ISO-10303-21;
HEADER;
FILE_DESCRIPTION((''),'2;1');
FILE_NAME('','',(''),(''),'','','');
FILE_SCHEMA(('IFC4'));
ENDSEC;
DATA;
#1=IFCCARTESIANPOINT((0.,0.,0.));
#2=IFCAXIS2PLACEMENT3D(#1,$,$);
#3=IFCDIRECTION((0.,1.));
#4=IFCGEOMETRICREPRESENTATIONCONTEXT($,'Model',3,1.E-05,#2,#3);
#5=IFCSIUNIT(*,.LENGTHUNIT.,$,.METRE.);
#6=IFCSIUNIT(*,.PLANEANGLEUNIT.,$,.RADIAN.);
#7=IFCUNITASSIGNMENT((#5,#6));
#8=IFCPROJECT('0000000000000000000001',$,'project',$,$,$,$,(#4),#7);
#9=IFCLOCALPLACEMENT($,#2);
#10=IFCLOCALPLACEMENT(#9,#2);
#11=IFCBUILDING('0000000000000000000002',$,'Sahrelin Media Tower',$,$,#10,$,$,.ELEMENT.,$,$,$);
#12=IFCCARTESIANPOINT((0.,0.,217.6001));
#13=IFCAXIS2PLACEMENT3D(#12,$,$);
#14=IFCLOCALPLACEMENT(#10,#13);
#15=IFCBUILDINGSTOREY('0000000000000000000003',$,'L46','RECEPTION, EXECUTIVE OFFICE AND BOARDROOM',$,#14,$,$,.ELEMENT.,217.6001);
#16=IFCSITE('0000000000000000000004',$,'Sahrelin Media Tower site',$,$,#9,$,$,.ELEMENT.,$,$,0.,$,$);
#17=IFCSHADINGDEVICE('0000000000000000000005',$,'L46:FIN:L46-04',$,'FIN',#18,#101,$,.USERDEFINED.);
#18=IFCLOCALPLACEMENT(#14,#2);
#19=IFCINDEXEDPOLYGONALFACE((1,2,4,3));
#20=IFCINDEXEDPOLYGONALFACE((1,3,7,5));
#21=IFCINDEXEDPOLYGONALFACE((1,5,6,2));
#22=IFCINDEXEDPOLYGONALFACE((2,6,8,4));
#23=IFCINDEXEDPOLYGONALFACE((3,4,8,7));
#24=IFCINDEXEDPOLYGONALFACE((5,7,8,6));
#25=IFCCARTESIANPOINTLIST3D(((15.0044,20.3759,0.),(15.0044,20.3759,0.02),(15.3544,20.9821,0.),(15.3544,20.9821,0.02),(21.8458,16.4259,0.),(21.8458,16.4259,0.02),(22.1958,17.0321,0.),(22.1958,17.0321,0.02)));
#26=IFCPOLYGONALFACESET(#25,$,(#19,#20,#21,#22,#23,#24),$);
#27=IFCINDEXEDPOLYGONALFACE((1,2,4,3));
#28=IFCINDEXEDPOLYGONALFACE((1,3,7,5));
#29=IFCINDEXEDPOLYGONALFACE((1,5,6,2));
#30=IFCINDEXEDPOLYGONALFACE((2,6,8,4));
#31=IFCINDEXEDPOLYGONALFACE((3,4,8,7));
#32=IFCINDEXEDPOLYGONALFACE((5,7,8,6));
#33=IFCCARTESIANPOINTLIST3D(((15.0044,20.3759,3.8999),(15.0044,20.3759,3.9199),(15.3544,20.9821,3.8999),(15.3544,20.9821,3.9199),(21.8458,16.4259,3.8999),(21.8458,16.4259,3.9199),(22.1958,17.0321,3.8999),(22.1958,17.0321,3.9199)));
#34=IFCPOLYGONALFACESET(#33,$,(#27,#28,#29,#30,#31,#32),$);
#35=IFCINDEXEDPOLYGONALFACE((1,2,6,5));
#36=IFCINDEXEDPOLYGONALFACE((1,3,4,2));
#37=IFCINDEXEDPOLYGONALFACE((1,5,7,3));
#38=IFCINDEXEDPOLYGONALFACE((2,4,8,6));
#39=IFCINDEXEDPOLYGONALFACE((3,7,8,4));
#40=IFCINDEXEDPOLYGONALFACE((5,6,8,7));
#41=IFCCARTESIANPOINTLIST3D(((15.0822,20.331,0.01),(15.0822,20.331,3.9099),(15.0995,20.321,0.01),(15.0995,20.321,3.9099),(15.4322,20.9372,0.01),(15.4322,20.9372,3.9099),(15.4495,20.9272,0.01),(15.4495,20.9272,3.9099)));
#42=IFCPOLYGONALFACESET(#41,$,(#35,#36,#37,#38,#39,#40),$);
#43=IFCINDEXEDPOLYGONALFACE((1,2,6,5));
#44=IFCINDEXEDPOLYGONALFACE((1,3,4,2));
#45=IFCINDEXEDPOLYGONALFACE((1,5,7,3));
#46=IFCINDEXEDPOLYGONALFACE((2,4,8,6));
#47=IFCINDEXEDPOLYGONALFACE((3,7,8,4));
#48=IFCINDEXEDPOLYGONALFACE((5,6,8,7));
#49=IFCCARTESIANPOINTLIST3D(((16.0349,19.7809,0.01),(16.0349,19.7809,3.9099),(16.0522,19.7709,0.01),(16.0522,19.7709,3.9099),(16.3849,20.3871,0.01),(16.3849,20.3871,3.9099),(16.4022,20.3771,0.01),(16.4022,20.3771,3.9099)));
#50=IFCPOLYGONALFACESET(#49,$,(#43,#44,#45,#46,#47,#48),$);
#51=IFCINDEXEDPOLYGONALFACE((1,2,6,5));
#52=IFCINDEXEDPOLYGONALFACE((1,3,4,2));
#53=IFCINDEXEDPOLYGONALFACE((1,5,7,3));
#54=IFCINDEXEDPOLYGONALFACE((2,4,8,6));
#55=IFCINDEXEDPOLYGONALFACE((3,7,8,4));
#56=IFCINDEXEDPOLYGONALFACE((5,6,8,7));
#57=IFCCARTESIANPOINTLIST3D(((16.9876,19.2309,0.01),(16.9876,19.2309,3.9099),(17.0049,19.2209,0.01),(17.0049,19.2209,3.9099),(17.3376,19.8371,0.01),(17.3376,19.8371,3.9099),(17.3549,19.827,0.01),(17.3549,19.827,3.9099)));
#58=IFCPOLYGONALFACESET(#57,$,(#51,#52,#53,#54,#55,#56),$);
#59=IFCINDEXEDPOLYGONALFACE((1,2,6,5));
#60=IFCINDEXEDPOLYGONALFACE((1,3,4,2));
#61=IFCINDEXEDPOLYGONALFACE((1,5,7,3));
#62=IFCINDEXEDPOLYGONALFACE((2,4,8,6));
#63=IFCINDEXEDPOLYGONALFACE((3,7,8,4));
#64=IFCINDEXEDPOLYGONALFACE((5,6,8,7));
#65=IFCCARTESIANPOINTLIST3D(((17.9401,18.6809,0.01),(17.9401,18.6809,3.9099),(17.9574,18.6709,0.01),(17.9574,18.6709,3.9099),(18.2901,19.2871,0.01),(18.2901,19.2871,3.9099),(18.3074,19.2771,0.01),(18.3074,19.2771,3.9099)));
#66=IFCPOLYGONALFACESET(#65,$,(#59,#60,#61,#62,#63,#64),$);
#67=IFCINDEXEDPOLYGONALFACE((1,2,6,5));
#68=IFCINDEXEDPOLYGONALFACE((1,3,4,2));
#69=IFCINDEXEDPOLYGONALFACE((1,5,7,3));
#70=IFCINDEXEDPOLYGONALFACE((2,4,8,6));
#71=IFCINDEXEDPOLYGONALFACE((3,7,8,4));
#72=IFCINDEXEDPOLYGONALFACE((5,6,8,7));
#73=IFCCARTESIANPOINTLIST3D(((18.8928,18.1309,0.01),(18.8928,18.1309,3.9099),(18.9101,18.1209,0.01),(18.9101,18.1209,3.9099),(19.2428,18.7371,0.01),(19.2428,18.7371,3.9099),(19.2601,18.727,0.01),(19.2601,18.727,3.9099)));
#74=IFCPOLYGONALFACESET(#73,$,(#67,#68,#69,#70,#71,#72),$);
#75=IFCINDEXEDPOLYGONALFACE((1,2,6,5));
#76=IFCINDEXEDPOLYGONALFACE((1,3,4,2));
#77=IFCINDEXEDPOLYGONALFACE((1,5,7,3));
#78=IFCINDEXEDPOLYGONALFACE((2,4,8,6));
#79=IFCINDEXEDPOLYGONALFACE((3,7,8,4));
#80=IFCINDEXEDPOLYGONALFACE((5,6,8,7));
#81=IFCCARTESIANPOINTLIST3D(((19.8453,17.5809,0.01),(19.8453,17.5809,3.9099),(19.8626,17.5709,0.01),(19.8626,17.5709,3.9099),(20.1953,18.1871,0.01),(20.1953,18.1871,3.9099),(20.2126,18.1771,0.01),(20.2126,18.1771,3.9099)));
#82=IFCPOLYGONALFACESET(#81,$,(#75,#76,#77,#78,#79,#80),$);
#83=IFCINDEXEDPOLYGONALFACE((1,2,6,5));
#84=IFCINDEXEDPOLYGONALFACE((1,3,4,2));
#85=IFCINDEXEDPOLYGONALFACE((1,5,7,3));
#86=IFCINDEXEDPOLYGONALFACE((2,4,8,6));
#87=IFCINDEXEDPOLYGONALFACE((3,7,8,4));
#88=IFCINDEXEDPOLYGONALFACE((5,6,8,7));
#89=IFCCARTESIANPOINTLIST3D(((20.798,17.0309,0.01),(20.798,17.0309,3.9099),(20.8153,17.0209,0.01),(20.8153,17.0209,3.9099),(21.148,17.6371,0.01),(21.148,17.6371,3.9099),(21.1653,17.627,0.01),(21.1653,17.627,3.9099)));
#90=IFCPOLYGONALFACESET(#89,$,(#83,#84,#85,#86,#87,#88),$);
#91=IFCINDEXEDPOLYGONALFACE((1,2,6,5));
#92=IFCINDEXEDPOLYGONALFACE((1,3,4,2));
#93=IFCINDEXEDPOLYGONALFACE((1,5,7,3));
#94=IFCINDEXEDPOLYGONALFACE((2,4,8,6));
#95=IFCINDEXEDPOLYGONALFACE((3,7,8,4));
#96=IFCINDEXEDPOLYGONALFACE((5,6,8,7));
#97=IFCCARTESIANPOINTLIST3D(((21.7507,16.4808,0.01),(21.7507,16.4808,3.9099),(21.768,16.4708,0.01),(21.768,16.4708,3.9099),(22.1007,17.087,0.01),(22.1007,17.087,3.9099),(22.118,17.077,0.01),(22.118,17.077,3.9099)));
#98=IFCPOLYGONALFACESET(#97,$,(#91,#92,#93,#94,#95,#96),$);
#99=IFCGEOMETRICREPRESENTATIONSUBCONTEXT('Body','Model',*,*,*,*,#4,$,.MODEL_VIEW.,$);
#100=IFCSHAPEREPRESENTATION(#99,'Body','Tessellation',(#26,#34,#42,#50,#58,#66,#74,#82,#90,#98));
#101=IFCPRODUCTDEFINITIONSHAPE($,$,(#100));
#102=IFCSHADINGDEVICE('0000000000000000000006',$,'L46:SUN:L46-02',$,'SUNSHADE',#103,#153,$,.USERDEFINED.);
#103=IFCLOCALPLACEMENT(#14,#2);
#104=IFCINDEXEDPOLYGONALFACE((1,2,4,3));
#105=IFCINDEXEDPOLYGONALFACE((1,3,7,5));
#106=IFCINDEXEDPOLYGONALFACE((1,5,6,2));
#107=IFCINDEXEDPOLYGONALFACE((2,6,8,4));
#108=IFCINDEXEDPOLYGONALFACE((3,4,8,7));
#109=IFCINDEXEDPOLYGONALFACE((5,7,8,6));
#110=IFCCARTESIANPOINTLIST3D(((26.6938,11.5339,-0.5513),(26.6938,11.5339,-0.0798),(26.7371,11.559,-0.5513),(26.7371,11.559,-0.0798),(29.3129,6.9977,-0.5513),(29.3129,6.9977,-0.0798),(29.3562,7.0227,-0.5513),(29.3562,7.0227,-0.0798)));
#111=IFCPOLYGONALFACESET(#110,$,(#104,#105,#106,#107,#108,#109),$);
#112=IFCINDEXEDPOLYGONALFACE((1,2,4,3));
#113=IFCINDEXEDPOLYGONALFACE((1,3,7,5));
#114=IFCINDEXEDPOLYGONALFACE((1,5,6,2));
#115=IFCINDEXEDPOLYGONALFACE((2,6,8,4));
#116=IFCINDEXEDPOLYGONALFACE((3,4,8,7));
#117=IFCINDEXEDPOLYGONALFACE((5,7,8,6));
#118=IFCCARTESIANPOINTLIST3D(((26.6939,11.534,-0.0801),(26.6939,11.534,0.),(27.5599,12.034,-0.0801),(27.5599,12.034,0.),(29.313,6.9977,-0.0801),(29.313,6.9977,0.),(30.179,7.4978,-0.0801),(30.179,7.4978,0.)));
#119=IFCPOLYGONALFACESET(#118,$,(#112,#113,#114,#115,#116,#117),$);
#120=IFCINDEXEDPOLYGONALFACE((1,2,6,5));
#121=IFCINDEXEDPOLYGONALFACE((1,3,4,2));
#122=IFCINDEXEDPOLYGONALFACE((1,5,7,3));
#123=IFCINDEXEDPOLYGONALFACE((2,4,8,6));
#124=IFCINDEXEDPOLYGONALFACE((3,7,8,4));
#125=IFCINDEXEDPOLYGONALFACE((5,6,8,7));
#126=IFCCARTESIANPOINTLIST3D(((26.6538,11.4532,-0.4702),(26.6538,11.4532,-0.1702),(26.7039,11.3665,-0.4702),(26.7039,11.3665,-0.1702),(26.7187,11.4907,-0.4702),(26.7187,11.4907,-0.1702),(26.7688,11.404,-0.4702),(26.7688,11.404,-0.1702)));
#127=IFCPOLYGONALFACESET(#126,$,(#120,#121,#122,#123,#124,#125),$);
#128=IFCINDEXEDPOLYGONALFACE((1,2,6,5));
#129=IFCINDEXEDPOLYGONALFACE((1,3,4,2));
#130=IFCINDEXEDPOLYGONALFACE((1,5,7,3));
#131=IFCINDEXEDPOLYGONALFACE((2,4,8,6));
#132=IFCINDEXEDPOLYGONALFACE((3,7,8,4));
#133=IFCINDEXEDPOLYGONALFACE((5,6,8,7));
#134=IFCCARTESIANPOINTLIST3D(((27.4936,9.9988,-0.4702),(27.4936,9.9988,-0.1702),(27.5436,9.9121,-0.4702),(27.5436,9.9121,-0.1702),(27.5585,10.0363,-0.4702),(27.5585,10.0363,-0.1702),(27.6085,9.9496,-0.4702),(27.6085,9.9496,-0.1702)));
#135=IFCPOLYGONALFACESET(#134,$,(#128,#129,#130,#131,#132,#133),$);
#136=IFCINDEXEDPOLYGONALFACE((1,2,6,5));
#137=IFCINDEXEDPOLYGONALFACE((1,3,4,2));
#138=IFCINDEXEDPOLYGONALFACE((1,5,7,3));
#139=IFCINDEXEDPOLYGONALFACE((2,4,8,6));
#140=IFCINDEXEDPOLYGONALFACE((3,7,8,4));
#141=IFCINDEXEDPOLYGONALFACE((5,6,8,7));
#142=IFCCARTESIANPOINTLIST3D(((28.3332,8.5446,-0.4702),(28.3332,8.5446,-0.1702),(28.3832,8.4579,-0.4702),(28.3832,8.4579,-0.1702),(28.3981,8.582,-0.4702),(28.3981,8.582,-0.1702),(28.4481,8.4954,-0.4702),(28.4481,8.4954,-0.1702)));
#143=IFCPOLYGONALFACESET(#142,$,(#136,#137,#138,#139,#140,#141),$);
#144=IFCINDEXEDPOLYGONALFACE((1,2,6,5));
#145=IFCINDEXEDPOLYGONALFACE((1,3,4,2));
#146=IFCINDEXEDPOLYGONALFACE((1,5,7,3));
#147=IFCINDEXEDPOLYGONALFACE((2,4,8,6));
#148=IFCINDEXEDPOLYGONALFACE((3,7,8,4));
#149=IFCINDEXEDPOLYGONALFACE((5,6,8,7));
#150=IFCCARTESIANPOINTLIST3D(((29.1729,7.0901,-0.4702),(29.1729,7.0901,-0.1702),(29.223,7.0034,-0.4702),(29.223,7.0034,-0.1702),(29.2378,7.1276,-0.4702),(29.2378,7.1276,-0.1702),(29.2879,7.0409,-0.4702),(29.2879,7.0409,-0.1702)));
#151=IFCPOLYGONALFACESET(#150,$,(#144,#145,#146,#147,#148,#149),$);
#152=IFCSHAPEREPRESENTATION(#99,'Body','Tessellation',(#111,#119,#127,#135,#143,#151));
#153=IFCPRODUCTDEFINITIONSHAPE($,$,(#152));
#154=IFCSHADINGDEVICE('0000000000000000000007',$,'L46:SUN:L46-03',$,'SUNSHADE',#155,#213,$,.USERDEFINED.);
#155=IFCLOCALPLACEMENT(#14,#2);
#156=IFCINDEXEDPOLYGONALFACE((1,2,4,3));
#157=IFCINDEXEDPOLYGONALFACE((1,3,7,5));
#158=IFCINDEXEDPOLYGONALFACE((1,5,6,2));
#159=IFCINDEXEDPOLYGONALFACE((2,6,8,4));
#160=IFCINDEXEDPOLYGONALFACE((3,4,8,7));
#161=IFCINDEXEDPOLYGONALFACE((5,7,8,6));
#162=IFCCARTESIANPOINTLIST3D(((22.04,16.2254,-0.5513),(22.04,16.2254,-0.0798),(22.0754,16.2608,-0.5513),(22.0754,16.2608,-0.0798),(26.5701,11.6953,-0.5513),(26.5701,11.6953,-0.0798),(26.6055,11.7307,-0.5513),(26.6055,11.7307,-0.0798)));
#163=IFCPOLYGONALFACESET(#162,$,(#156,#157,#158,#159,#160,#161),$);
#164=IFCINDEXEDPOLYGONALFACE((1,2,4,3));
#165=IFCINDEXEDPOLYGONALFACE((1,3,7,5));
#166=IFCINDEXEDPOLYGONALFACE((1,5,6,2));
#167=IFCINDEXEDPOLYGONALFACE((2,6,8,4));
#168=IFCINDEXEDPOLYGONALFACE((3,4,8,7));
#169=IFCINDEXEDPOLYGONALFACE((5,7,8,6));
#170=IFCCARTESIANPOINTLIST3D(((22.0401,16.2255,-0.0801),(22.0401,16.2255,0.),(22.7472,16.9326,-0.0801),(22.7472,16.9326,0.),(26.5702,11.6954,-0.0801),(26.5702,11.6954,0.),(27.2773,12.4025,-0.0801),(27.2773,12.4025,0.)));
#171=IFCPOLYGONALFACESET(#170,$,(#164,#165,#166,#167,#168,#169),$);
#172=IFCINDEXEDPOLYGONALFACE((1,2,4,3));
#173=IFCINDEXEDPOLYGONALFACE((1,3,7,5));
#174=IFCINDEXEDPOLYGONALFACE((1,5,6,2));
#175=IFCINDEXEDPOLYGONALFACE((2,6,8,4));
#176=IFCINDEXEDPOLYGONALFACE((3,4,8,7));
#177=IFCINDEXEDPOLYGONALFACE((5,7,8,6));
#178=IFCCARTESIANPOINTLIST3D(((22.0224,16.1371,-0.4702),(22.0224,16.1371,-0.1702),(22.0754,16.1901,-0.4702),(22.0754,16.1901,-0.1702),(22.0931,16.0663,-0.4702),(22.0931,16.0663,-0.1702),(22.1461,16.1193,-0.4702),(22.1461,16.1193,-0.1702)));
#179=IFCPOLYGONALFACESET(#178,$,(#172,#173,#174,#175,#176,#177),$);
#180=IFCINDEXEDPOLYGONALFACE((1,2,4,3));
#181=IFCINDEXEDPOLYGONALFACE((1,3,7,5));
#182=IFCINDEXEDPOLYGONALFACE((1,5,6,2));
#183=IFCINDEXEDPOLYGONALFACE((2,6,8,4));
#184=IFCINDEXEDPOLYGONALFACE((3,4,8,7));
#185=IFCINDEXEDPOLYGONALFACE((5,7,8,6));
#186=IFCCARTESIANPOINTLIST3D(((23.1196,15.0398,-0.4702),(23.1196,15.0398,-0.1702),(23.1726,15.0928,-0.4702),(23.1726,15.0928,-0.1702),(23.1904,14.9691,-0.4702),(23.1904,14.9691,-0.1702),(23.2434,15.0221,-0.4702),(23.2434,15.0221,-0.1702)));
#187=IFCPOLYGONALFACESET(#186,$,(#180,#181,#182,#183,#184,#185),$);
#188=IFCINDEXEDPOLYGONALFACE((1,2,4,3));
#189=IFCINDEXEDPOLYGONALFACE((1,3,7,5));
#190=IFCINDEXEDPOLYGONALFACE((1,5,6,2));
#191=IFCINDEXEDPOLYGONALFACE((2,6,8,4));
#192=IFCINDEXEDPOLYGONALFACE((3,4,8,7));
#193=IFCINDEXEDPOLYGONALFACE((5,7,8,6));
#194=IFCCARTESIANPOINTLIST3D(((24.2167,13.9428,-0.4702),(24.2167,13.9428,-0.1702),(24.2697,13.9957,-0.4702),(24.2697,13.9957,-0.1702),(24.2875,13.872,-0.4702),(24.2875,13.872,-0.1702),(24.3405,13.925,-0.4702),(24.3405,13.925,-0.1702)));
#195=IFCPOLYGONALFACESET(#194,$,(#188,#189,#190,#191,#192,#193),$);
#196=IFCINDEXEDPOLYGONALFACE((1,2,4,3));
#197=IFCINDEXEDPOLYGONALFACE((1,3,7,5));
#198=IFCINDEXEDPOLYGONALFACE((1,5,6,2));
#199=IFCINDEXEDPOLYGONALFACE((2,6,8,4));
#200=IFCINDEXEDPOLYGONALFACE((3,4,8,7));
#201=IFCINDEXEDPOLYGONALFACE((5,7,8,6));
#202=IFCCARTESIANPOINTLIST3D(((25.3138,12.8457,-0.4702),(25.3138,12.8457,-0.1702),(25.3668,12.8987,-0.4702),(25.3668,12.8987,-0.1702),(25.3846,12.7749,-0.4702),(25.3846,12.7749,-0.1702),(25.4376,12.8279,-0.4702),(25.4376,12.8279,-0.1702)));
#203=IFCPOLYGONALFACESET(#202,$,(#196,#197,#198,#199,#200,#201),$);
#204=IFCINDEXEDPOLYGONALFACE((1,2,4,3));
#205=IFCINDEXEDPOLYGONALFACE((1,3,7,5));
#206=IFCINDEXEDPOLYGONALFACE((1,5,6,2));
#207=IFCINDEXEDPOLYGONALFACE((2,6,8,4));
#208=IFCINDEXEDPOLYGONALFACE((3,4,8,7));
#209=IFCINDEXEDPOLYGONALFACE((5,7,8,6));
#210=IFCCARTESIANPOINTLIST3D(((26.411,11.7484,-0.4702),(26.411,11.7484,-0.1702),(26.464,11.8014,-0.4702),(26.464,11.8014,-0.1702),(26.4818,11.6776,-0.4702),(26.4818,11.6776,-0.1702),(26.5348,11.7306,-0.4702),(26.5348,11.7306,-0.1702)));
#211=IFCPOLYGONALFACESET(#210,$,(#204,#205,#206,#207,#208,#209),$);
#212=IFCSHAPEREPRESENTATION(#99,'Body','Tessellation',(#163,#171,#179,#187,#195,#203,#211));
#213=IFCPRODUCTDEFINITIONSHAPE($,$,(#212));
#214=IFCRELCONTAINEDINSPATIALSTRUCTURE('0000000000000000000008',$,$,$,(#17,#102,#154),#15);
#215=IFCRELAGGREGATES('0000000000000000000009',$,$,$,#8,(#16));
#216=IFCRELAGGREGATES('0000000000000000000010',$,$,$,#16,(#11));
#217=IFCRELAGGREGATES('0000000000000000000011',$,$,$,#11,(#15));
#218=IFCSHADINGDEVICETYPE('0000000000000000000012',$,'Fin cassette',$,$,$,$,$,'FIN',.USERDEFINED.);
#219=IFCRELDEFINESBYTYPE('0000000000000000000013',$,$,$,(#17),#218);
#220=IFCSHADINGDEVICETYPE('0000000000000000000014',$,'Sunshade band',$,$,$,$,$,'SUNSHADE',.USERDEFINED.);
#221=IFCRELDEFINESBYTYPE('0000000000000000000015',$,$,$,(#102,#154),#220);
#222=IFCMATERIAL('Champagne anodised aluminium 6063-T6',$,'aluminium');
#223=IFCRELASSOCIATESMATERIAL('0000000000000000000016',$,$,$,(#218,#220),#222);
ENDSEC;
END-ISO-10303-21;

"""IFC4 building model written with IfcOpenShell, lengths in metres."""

from ifc_helpers import new_model, si_unit, direction, frame, origin, origin_2d, place, context, subcontext, project, spatial, rectangle, extrude, material, type_object, element, save


model = new_model("IFC4")

# Units and contexts
model_context = context("Model", 3, precision=1e-05, world=origin(), true_north=direction((0.0, 1.0)))
body_context = subcontext(model_context, "Body", "Model", "MODEL_VIEW")
ifc_project = project(units=[si_unit("LENGTHUNIT", "METRE"), si_unit("PLANEANGLEUNIT", "RADIAN")], contexts=[model_context])

# Site, building, storey
site_placement = place(None, origin())
site = spatial("IfcSite", under=ifc_project, at=site_placement, Name="Sahrelin Media Tower site", CompositionType="ELEMENT", RefElevation=0.0)
building_placement = place(site_placement, origin())
building = spatial("IfcBuilding", under=site, at=building_placement, Name="Sahrelin Media Tower", CompositionType="ELEMENT")
storey_placement = place(building_placement, frame((0.0, 0.0, 217.6001)))
storey = spatial("IfcBuildingStorey", under=building, at=storey_placement, Name="L46", Description="RECEPTION, EXECUTIVE OFFICE AND BOARDROOM", CompositionType="ELEMENT", Elevation=217.6001)

# Shared definitions
ifc_material_1 = material(Name="Champagne anodised aluminium 6063-T6", Category="aluminium")

# Shading devices
shading_device_type_1 = type_object("IfcShadingDeviceType", Name="Fin cassette", ElementType="FIN", PredefinedType="USERDEFINED", material=ifc_material_1)
placement_1 = place(storey_placement, frame((27.9861, 9.2559, 0.0), z_axis=(0.0, 0.0, 1.0), x_axis=(0.500011, -0.866019, 0.0)))
placement_2 = place(storey_placement, frame((24.291, 13.9463, 0.0), z_axis=(0.0, 0.0, 1.0), x_axis=(0.707107, -0.707107, 0.0)))
placement_3 = place(storey_placement, frame((18.3901, 18.3403, 0.0), z_axis=(0.0, 0.0, 1.0), x_axis=(0.866019, -0.500011, 0.0)))
element("IfcShadingDevice", 1, at=placement_3, inside=storey, type_object=shading_device_type_1, Name="L46:FIN:L46-04", ObjectType="FIN", PredefinedType="USERDEFINED", context=body_context, shape_type="SweptSolid", body=[
    extrude(rectangle(XDim=7.8999, YDim=0.7, at=origin_2d()), frame((0.0, 0.4199, 0.0)), (0.0, 0.0, 1.0), 0.02),
    extrude(rectangle(XDim=7.8999, YDim=0.7, at=origin_2d()), frame((0.0, 0.4199, 3.8999)), (0.0, 0.0, 1.0), 0.02),
    extrude(rectangle(XDim=0.02, YDim=0.7, at=origin_2d()), frame((-3.8501, 0.4199, 0.01), z_axis=(0.0, 0.0, 1.0), x_axis=(1.0, 0.0, 0.0)), (0.0, 0.0, 1.0), 3.8999),
    extrude(rectangle(XDim=0.02, YDim=0.7, at=origin_2d()), frame((-2.75, 0.4199, 0.01), z_axis=(0.0, 0.0, 1.0), x_axis=(1.0, 0.0, 0.0)), (0.0, 0.0, 1.0), 3.8999),
    extrude(rectangle(XDim=0.02, YDim=0.7, at=origin_2d()), frame((-1.6499, 0.4199, 0.01), z_axis=(0.0, 0.0, 1.0), x_axis=(1.0, 0.0, 0.0)), (0.0, 0.0, 1.0), 3.8999),
    extrude(rectangle(XDim=0.02, YDim=0.7, at=origin_2d()), frame((-0.55, 0.4199, 0.01), z_axis=(0.0, 0.0, 1.0), x_axis=(1.0, 0.0, 0.0)), (0.0, 0.0, 1.0), 3.8999),
    extrude(rectangle(XDim=0.02, YDim=0.7, at=origin_2d()), frame((0.55, 0.4199, 0.01), z_axis=(0.0, 0.0, 1.0), x_axis=(1.0, 0.0, 0.0)), (0.0, 0.0, 1.0), 3.8999),
    extrude(rectangle(XDim=0.02, YDim=0.7, at=origin_2d()), frame((1.6499, 0.4199, 0.01), z_axis=(0.0, 0.0, 1.0), x_axis=(1.0, 0.0, 0.0)), (0.0, 0.0, 1.0), 3.8999),
    extrude(rectangle(XDim=0.02, YDim=0.7, at=origin_2d()), frame((2.75, 0.4199, 0.01), z_axis=(0.0, 0.0, 1.0), x_axis=(1.0, 0.0, 0.0)), (0.0, 0.0, 1.0), 3.8999),
    extrude(rectangle(XDim=0.02, YDim=0.7, at=origin_2d()), frame((3.8501, 0.4199, 0.01), z_axis=(0.0, 0.0, 1.0), x_axis=(1.0, 0.0, 0.0)), (0.0, 0.0, 1.0), 3.8999),
])
shading_device_type_2 = type_object("IfcShadingDeviceType", Name="Sunshade band", ElementType="SUNSHADE", PredefinedType="USERDEFINED", material=ifc_material_1)
element("IfcShadingDevice", 2, at=placement_1, inside=storey, type_object=shading_device_type_2, Name="L46:SUN:L46-02", ObjectType="SUNSHADE", PredefinedType="USERDEFINED", context=body_context, shape_type="SweptSolid", body=[
    extrude(rectangle(XDim=5.238, YDim=0.05, at=origin_2d()), frame((0.0, 0.0449, -0.5513)), (0.0, 0.0, 1.0), 0.4714),
    extrude(rectangle(XDim=5.238, YDim=1.0, at=origin_2d()), frame((0.0, 0.52, -0.0801)), (0.0, 0.0, 1.0), 0.0801),
    extrude(rectangle(XDim=0.1001, YDim=0.075, at=origin_2d()), frame((-2.519, -0.0176, -0.4702)), (0.0, 0.0, 1.0), 0.3),
    extrude(rectangle(XDim=0.1001, YDim=0.075, at=origin_2d()), frame((-0.8396, -0.0176, -0.4702)), (0.0, 0.0, 1.0), 0.3),
    extrude(rectangle(XDim=0.1001, YDim=0.075, at=origin_2d()), frame((0.8396, -0.0176, -0.4702)), (0.0, 0.0, 1.0), 0.3),
    extrude(rectangle(XDim=0.1001, YDim=0.075, at=origin_2d()), frame((2.519, -0.0176, -0.4702)), (0.0, 0.0, 1.0), 0.3),
])
element("IfcShadingDevice", 3, at=placement_2, inside=storey, type_object=shading_device_type_2, Name="L46:SUN:L46-03", ObjectType="SUNSHADE", PredefinedType="USERDEFINED", context=body_context, shape_type="SweptSolid", body=[
    extrude(rectangle(XDim=6.4065, YDim=0.05, at=origin_2d()), frame((0.0, 0.0449, -0.5513)), (0.0, 0.0, 1.0), 0.4714),
    extrude(rectangle(XDim=6.4065, YDim=1.0, at=origin_2d()), frame((0.0, 0.52, -0.0801)), (0.0, 0.0, 1.0), 0.0801),
    extrude(rectangle(XDim=0.1001, YDim=0.075, at=origin_2d()), frame((-3.1033, -0.0176, -0.4702)), (0.0, 0.0, 1.0), 0.3),
    extrude(rectangle(XDim=0.1001, YDim=0.075, at=origin_2d()), frame((-1.5515, -0.0176, -0.4702)), (0.0, 0.0, 1.0), 0.3),
    extrude(rectangle(XDim=0.1001, YDim=0.075, at=origin_2d()), frame((0.0, -0.0176, -0.4702)), (0.0, 0.0, 1.0), 0.3),
    extrude(rectangle(XDim=0.1001, YDim=0.075, at=origin_2d()), frame((1.5515, -0.0176, -0.4702)), (0.0, 0.0, 1.0), 0.3),
    extrude(rectangle(XDim=0.1001, YDim=0.075, at=origin_2d()), frame((3.1033, -0.0176, -0.4702)), (0.0, 0.0, 1.0), 0.3),
])

save(model, "model.ifc")
